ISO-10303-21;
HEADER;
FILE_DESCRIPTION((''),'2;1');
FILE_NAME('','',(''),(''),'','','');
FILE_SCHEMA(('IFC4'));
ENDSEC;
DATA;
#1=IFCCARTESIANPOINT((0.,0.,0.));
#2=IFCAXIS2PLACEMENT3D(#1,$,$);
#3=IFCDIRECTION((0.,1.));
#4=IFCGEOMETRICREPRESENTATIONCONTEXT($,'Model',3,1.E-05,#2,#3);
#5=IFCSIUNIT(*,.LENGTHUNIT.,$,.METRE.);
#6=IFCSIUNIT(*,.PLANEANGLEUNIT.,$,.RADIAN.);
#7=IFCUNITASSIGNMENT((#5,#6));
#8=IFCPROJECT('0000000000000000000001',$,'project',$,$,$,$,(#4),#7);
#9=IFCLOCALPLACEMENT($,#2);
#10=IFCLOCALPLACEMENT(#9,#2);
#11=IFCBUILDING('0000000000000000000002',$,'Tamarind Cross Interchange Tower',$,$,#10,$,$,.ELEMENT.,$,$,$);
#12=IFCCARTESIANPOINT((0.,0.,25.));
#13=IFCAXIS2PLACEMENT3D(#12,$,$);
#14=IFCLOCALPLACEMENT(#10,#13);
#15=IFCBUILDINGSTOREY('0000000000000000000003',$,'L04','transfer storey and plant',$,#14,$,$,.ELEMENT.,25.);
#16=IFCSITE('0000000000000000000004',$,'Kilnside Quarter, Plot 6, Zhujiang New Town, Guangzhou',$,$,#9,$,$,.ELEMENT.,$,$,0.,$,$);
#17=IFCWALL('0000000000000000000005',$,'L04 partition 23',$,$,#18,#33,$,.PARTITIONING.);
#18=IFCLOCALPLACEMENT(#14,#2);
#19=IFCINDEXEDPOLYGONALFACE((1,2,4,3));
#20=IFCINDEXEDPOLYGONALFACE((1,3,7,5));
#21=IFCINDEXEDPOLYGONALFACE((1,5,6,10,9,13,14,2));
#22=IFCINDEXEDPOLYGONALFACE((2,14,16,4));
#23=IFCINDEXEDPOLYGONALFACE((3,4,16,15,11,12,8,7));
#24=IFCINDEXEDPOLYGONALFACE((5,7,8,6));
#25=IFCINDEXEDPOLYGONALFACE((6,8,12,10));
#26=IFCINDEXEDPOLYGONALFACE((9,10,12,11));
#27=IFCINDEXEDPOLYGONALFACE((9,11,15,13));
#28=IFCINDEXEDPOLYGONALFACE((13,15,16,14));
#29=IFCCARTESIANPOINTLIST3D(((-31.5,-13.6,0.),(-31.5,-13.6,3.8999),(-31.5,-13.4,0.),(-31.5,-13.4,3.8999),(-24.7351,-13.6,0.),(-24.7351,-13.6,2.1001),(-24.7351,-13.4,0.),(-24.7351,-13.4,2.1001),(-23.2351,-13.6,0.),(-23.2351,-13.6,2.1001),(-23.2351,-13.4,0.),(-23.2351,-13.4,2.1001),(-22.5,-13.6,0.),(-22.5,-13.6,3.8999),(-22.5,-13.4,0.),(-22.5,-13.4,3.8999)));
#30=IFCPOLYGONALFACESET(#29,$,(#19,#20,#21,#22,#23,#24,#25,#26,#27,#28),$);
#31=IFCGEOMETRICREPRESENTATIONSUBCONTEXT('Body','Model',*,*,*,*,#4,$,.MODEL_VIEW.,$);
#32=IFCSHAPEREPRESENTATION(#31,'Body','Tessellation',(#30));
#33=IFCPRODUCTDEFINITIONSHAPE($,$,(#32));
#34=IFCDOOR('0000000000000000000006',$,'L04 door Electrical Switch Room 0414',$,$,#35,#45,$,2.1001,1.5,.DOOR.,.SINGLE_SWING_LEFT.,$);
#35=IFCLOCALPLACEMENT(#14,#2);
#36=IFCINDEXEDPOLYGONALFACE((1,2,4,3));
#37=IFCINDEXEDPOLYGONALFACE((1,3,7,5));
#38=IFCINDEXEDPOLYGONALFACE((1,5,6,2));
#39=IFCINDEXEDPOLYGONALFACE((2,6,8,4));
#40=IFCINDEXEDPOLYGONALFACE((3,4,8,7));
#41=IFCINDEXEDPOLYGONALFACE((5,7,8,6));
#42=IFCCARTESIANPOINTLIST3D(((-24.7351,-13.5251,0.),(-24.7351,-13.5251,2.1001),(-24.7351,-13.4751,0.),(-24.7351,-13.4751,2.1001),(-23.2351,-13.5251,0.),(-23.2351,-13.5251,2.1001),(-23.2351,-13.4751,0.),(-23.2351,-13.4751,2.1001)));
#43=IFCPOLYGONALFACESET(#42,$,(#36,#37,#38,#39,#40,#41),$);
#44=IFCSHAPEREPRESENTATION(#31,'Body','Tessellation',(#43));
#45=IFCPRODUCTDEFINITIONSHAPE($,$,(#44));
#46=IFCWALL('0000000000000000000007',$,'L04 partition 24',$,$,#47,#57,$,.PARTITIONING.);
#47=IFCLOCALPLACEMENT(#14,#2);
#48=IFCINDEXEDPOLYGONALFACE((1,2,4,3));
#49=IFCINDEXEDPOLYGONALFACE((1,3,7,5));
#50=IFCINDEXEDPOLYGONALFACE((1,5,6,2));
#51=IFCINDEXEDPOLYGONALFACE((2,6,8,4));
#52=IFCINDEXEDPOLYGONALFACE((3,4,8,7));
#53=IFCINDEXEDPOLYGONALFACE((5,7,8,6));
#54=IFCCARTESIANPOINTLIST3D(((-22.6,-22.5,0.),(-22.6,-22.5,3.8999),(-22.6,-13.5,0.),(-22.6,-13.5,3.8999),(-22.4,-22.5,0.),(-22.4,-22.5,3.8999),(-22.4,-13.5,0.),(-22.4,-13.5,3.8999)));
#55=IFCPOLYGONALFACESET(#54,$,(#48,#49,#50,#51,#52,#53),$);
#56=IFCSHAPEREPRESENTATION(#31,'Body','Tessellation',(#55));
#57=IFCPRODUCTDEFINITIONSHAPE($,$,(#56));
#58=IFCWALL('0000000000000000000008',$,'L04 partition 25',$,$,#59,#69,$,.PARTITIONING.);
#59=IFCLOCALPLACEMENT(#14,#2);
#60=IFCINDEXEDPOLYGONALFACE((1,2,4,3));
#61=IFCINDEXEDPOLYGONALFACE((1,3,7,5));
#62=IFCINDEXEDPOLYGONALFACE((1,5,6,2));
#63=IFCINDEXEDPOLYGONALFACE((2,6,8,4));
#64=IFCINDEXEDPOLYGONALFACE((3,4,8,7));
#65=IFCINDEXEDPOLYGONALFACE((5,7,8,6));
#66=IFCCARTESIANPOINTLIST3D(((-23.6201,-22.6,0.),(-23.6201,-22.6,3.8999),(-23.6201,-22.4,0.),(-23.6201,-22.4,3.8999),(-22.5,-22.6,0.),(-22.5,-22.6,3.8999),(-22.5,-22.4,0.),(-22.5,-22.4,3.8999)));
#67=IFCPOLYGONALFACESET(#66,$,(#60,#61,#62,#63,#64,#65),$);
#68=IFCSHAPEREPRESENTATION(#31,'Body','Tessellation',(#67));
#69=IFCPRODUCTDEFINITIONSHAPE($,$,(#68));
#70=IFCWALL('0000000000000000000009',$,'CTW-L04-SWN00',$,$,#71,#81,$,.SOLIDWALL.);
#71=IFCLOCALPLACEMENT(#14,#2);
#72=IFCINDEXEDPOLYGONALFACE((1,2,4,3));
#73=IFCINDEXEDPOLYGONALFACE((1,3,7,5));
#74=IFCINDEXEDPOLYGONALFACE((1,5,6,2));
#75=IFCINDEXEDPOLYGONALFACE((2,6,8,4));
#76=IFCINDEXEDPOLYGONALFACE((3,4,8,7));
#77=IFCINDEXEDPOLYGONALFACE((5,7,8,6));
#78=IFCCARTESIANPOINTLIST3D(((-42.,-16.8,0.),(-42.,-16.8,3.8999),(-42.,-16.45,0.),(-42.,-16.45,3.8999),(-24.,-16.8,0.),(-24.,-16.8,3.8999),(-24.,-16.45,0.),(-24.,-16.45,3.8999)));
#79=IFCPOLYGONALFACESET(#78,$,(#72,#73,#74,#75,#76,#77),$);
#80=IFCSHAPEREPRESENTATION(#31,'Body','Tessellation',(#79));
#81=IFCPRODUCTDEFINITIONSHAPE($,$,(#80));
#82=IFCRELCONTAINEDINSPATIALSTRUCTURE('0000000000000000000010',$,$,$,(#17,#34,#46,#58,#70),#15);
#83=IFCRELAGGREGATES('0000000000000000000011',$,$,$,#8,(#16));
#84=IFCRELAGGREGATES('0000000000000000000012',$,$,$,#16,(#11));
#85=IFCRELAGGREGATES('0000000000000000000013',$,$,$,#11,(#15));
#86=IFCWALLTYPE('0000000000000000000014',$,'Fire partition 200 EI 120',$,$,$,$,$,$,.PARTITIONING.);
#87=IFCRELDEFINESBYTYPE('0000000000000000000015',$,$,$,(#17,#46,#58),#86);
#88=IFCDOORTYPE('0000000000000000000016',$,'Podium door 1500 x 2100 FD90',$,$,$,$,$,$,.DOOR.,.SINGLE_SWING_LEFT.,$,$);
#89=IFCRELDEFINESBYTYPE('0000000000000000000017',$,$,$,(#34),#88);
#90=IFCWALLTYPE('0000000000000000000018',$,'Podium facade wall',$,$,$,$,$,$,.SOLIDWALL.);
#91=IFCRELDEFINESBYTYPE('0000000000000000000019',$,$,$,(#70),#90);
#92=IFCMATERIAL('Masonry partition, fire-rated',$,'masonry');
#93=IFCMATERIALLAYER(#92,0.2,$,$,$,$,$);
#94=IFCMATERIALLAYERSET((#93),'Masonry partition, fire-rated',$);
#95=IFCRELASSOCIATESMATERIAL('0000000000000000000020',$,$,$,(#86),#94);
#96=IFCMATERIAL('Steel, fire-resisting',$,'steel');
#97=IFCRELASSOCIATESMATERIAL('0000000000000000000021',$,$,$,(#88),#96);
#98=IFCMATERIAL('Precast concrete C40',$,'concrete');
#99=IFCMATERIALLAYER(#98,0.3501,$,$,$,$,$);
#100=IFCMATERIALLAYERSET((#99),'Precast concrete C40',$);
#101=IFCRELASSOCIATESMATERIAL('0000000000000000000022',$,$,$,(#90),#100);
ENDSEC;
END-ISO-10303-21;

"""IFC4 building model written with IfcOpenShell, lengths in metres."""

from ifc_helpers import new_model, si_unit, direction, frame, frame_2d, origin, place, context, subcontext, project, spatial, rectangle, extrude, material, layer, layer_set, type_object, element, fill, save


model = new_model("IFC4")

# Units and contexts
model_context = context("Model", 3, precision=1e-05, world=origin(), true_north=direction((0.0, 1.0)))
body_context = subcontext(model_context, "Body", "Model", "MODEL_VIEW")
ifc_project = project(units=[si_unit("LENGTHUNIT", "METRE"), si_unit("PLANEANGLEUNIT", "RADIAN")], contexts=[model_context])

# Site, building, storey
site_placement = place(None, origin())
site = spatial("IfcSite", under=ifc_project, at=site_placement, Name="Kilnside Quarter, Plot 6, Zhujiang New Town, Guangzhou", CompositionType="ELEMENT", RefElevation=0.0)
building_placement = place(site_placement, origin())
building = spatial("IfcBuilding", under=site, at=building_placement, Name="Tamarind Cross Interchange Tower", CompositionType="ELEMENT")
storey_placement = place(building_placement, frame((0.0, 0.0, 25.0)))
storey = spatial("IfcBuildingStorey", under=building, at=storey_placement, Name="L04", Description="transfer storey and plant", CompositionType="ELEMENT", Elevation=25.0)

# Shared definitions
ifc_material_1 = material(Name="Steel, fire-resisting", Category="steel")

# Shared definitions
ifc_material_2 = material(Name="Masonry partition, fire-rated", Category="masonry")
ifc_layer_1 = layer(ifc_material_2, 0.2)
ifc_layer_set_1 = layer_set([ifc_layer_1], Name="Masonry partition, fire-rated")
wall_type_1 = type_object("IfcWallType", Name="Fire partition 200 EI 120", PredefinedType="PARTITIONING", material=ifc_layer_set_1)
door_type_1 = type_object("IfcDoorType", Name="Podium door 1500 x 2100 FD90", OperationType="SINGLE_SWING_LEFT", PredefinedType="DOOR", material=ifc_material_1)

# Wall, opening, door
wall_1_placement = place(storey_placement, frame((-31.5, -13.5, 0.0), z_axis=(0.0, 0.0, 1.0), x_axis=(1.0, 0.0, 0.0)))
wall_1 = element("IfcWall", 1, at=wall_1_placement, inside=storey, type_object=wall_type_1, Name="L04 partition 23", PredefinedType="PARTITIONING", context=body_context, shape_type="SweptSolid", body=[
    extrude(rectangle(XDim=9.0, YDim=0.2, at=frame_2d((4.5, 0.0))), origin(), (0.0, 0.0, 1.0), 3.8999),
])
opening_1_placement = place(wall_1_placement, frame((6.7649, 0.0, 0.0)))
opening_1 = element("IfcOpeningElement", 2, at=opening_1_placement, cuts=wall_1, PredefinedType="OPENING", context=body_context, shape_type="SweptSolid", body=[
    extrude(rectangle(XDim=1.5, YDim=2.1001, at=frame_2d((0.75, 1.05))), frame((0.0, 0.1099, 0.0), z_axis=(0.0, -1.0, 0.0), x_axis=(1.0, 0.0, 0.0)), (0.0, 0.0, 1.0), 0.22),
])
door_1_placement = place(opening_1_placement, origin())
door_1 = element("IfcDoor", 3, at=door_1_placement, inside=storey, type_object=door_type_1, Name="L04 door Electrical Switch Room 0414", OperationType="SINGLE_SWING_LEFT", OverallHeight=2.1001, OverallWidth=1.5, PredefinedType="DOOR", context=body_context, shape_type="SweptSolid", body=[
    extrude(rectangle(XDim=1.5, YDim=2.1001, at=frame_2d((0.75, 1.05))), frame((0.0, 0.0249, 0.0), z_axis=(0.0, -1.0, 0.0), x_axis=(1.0, 0.0, 0.0)), (0.0, 0.0, 1.0), 0.05),
])
fill(opening_1, door_1)

# Walls
wall_2_placement = place(storey_placement, frame((-22.5, -22.5, 0.0), z_axis=(0.0, 0.0, 1.0), x_axis=(0.0, 1.0, 0.0)))
element("IfcWall", 4, at=wall_2_placement, inside=storey, type_object=wall_type_1, Name="L04 partition 24", PredefinedType="PARTITIONING", context=body_context, shape_type="SweptSolid", body=[
    extrude(rectangle(XDim=9.0, YDim=0.2, at=frame_2d((4.5, 0.0))), origin(), (0.0, 0.0, 1.0), 3.8999),
])
wall_3_placement = place(storey_placement, frame((-23.6201, -22.5, 0.0), z_axis=(0.0, 0.0, 1.0), x_axis=(1.0, 0.0, 0.0)))
element("IfcWall", 5, at=wall_3_placement, inside=storey, type_object=wall_type_1, Name="L04 partition 25", PredefinedType="PARTITIONING", context=body_context, shape_type="SweptSolid", body=[
    extrude(rectangle(XDim=1.1201, YDim=0.2, at=frame_2d((0.5601, 0.0))), origin(), (0.0, 0.0, 1.0), 3.8999),
])
ifc_material_3 = material(Name="Precast concrete C40", Category="concrete")
ifc_layer_2 = layer(ifc_material_3, 0.3501)
ifc_layer_set_2 = layer_set([ifc_layer_2], Name="Precast concrete C40")
wall_type_2 = type_object("IfcWallType", Name="Podium facade wall", PredefinedType="SOLIDWALL", material=ifc_layer_set_2)
wall_4_placement = place(storey_placement, frame((-42.0, -16.625, 0.0), z_axis=(0.0, 0.0, 1.0), x_axis=(1.0, 0.0, 0.0)))
element("IfcWall", 6, at=wall_4_placement, inside=storey, type_object=wall_type_2, Name="CTW-L04-SWN00", PredefinedType="SOLIDWALL", context=body_context, shape_type="SweptSolid", body=[
    extrude(rectangle(XDim=18.0, YDim=0.3501, at=frame_2d((9.0, 0.0))), origin(), (0.0, 0.0, 1.0), 3.8999),
])

save(model, "model.ifc")
